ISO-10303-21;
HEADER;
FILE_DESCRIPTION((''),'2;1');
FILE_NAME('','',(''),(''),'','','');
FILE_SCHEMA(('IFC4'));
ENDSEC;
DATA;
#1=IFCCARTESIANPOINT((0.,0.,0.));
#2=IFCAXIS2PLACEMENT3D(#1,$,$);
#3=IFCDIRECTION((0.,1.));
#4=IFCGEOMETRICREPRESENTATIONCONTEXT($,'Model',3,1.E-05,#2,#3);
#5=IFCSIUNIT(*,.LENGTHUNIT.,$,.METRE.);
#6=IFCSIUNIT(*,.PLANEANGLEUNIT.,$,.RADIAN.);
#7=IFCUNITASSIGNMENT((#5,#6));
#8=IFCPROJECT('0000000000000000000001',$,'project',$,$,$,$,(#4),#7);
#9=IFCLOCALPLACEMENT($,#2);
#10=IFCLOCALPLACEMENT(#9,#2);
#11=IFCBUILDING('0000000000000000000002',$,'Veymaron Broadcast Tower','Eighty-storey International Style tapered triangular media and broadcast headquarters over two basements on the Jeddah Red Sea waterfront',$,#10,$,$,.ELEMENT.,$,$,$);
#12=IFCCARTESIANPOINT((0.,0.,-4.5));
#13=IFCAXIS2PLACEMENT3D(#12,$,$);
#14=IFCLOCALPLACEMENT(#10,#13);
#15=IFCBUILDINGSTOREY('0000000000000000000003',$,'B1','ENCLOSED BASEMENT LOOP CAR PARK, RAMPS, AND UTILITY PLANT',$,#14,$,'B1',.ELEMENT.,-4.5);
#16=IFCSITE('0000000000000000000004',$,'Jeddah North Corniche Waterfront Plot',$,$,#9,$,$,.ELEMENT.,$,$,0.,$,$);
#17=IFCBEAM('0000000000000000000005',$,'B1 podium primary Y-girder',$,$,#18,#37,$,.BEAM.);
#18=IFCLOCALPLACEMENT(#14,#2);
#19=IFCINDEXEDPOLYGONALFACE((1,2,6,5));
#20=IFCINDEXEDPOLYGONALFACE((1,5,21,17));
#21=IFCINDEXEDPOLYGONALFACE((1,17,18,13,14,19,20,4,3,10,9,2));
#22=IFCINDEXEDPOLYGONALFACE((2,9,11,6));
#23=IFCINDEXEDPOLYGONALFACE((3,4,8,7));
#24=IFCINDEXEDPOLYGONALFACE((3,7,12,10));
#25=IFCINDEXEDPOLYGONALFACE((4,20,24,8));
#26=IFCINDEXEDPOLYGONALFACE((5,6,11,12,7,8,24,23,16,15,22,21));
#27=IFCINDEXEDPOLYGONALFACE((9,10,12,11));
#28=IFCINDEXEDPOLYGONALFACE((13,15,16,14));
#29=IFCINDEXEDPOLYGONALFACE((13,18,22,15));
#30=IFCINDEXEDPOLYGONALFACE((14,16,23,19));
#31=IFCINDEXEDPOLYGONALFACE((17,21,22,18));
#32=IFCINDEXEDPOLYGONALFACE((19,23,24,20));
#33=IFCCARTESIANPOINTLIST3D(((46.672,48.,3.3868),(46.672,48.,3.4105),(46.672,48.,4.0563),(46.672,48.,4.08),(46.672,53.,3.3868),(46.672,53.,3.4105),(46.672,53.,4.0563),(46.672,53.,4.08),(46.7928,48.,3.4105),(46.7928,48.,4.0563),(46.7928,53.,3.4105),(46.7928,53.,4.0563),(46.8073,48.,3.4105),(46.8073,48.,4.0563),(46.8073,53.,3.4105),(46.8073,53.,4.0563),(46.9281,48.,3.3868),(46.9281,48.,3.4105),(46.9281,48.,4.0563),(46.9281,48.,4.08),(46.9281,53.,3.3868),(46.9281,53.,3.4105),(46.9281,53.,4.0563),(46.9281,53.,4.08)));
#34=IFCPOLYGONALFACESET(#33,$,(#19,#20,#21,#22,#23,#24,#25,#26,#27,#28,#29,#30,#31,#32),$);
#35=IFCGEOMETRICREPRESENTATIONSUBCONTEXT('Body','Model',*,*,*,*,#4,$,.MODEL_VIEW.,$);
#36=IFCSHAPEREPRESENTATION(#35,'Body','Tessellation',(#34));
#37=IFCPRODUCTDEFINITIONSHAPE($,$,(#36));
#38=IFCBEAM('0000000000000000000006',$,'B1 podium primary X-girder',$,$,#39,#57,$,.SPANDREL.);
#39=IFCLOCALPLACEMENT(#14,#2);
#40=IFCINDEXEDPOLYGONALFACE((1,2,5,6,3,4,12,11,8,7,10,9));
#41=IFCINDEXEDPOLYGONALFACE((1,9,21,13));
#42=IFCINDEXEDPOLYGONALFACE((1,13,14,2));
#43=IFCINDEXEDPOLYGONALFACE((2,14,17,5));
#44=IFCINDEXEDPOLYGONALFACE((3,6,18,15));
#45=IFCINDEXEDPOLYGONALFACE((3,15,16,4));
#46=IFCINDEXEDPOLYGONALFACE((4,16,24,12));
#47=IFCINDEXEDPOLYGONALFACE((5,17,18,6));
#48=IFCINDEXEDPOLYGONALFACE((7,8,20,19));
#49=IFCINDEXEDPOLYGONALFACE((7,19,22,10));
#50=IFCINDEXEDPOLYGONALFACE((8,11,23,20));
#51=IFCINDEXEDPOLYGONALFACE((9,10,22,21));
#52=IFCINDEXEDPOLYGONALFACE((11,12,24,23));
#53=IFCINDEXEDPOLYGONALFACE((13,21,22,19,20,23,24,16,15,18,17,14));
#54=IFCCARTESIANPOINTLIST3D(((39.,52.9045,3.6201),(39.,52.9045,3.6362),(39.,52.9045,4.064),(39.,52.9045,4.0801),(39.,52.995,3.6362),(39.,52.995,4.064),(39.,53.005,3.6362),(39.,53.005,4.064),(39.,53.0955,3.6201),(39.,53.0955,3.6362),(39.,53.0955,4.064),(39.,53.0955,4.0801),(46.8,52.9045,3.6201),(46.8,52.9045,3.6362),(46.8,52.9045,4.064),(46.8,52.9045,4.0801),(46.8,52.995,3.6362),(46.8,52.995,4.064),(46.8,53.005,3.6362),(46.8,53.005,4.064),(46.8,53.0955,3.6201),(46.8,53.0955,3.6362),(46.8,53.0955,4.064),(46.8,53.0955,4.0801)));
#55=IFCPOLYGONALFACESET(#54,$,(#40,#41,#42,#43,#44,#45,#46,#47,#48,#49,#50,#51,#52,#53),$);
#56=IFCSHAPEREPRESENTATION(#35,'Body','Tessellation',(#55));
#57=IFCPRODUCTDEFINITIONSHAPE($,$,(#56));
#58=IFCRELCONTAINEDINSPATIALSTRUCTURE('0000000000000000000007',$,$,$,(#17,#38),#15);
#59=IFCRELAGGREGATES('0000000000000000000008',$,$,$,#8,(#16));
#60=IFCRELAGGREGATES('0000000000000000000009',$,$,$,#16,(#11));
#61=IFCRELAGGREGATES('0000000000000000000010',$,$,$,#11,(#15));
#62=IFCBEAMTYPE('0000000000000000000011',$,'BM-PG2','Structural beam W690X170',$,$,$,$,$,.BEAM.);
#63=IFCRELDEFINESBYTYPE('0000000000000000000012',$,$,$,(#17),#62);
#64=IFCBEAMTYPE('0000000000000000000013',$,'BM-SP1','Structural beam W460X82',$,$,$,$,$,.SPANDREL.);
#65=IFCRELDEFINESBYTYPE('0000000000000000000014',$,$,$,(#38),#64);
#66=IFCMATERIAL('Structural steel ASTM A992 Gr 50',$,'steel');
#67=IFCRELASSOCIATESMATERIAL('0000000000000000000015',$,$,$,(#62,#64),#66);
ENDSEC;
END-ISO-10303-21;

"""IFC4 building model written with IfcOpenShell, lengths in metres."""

from ifc_helpers import new_model, si_unit, direction, frame, origin, origin_2d, place, context, subcontext, project, spatial, i_section, extrude, material, material_profile, profile_set, type_object, element, save


model = new_model("IFC4")

# Units and contexts
model_context = context("Model", 3, precision=1e-05, world=origin(), true_north=direction((0.0, 1.0)))
body_context = subcontext(model_context, "Body", "Model", "MODEL_VIEW")
ifc_project = project(units=[si_unit("LENGTHUNIT", "METRE"), si_unit("PLANEANGLEUNIT", "RADIAN")], contexts=[model_context])

# Site, building, storey
site_placement = place(None, origin())
site = spatial("IfcSite", under=ifc_project, at=site_placement, Name="Jeddah North Corniche Waterfront Plot", CompositionType="ELEMENT", RefElevation=0.0)
building_placement = place(site_placement, origin())
building = spatial("IfcBuilding", under=site, at=building_placement, Name="Veymaron Broadcast Tower", Description="Eighty-storey International Style tapered triangular media and broadcast headquarters over two basements on the Jeddah Red Sea waterfront", CompositionType="ELEMENT")
storey_placement = place(building_placement, frame((0.0, 0.0, -4.5)))
storey = spatial("IfcBuildingStorey", under=building, at=storey_placement, Name="B1", Description="ENCLOSED BASEMENT LOOP CAR PARK, RAMPS, AND UTILITY PLANT", LongName="B1", CompositionType="ELEMENT", Elevation=-4.5)

# Beams
ifc_material_1 = material(Name="Structural steel ASTM A992 Gr 50", Category="steel")
ifc_material_profile_1 = material_profile(ifc_material_1, i_section(OverallWidth=0.2561, OverallDepth=0.6931, WebThickness=0.0144, FlangeThickness=0.0237, at=origin_2d()), Name="W690X170")
ifc_profile_set_1 = profile_set([ifc_material_profile_1], Name="Structural steel ASTM A992 Gr 50")
beam_type_1 = type_object("IfcBeamType", Name="BM-PG2", Description="Structural beam W690X170", PredefinedType="BEAM", material=ifc_profile_set_1)
beam_1_placement = place(storey_placement, frame((46.8, 48.0, 3.7334), z_axis=(0.0, 1.0, 0.0), x_axis=(-1.0, 0.0, 0.0)))
element("IfcBeam", 1, at=beam_1_placement, inside=storey, type_object=beam_type_1, Name="B1 podium primary Y-girder", PredefinedType="BEAM", context=body_context, shape_type="SweptSolid", body=[
    extrude(i_section(OverallWidth=0.2561, OverallDepth=0.6931, WebThickness=0.0144, FlangeThickness=0.0237, at=origin_2d()), origin(), (0.0, 0.0, 1.0), 5.0),
])
ifc_material_profile_2 = material_profile(ifc_material_1, i_section(OverallWidth=0.1909, OverallDepth=0.46, WebThickness=0.01, FlangeThickness=0.0161, at=origin_2d()), Name="W460X82")
ifc_profile_set_2 = profile_set([ifc_material_profile_2], Name="Structural steel ASTM A992 Gr 50")
beam_type_2 = type_object("IfcBeamType", Name="BM-SP1", Description="Structural beam W460X82", PredefinedType="SPANDREL", material=ifc_profile_set_2)
beam_2_placement = place(storey_placement, frame((39.0, 53.0, 3.8501), z_axis=(1.0, 0.0, 0.0), x_axis=(0.0, 1.0, 0.0)))
element("IfcBeam", 2, at=beam_2_placement, inside=storey, type_object=beam_type_2, Name="B1 podium primary X-girder", PredefinedType="SPANDREL", context=body_context, shape_type="SweptSolid", body=[
    extrude(i_section(OverallWidth=0.1909, OverallDepth=0.46, WebThickness=0.01, FlangeThickness=0.0161, at=origin_2d()), origin(), (0.0, 0.0, 1.0), 7.8),
])

save(model, "model.ifc")
